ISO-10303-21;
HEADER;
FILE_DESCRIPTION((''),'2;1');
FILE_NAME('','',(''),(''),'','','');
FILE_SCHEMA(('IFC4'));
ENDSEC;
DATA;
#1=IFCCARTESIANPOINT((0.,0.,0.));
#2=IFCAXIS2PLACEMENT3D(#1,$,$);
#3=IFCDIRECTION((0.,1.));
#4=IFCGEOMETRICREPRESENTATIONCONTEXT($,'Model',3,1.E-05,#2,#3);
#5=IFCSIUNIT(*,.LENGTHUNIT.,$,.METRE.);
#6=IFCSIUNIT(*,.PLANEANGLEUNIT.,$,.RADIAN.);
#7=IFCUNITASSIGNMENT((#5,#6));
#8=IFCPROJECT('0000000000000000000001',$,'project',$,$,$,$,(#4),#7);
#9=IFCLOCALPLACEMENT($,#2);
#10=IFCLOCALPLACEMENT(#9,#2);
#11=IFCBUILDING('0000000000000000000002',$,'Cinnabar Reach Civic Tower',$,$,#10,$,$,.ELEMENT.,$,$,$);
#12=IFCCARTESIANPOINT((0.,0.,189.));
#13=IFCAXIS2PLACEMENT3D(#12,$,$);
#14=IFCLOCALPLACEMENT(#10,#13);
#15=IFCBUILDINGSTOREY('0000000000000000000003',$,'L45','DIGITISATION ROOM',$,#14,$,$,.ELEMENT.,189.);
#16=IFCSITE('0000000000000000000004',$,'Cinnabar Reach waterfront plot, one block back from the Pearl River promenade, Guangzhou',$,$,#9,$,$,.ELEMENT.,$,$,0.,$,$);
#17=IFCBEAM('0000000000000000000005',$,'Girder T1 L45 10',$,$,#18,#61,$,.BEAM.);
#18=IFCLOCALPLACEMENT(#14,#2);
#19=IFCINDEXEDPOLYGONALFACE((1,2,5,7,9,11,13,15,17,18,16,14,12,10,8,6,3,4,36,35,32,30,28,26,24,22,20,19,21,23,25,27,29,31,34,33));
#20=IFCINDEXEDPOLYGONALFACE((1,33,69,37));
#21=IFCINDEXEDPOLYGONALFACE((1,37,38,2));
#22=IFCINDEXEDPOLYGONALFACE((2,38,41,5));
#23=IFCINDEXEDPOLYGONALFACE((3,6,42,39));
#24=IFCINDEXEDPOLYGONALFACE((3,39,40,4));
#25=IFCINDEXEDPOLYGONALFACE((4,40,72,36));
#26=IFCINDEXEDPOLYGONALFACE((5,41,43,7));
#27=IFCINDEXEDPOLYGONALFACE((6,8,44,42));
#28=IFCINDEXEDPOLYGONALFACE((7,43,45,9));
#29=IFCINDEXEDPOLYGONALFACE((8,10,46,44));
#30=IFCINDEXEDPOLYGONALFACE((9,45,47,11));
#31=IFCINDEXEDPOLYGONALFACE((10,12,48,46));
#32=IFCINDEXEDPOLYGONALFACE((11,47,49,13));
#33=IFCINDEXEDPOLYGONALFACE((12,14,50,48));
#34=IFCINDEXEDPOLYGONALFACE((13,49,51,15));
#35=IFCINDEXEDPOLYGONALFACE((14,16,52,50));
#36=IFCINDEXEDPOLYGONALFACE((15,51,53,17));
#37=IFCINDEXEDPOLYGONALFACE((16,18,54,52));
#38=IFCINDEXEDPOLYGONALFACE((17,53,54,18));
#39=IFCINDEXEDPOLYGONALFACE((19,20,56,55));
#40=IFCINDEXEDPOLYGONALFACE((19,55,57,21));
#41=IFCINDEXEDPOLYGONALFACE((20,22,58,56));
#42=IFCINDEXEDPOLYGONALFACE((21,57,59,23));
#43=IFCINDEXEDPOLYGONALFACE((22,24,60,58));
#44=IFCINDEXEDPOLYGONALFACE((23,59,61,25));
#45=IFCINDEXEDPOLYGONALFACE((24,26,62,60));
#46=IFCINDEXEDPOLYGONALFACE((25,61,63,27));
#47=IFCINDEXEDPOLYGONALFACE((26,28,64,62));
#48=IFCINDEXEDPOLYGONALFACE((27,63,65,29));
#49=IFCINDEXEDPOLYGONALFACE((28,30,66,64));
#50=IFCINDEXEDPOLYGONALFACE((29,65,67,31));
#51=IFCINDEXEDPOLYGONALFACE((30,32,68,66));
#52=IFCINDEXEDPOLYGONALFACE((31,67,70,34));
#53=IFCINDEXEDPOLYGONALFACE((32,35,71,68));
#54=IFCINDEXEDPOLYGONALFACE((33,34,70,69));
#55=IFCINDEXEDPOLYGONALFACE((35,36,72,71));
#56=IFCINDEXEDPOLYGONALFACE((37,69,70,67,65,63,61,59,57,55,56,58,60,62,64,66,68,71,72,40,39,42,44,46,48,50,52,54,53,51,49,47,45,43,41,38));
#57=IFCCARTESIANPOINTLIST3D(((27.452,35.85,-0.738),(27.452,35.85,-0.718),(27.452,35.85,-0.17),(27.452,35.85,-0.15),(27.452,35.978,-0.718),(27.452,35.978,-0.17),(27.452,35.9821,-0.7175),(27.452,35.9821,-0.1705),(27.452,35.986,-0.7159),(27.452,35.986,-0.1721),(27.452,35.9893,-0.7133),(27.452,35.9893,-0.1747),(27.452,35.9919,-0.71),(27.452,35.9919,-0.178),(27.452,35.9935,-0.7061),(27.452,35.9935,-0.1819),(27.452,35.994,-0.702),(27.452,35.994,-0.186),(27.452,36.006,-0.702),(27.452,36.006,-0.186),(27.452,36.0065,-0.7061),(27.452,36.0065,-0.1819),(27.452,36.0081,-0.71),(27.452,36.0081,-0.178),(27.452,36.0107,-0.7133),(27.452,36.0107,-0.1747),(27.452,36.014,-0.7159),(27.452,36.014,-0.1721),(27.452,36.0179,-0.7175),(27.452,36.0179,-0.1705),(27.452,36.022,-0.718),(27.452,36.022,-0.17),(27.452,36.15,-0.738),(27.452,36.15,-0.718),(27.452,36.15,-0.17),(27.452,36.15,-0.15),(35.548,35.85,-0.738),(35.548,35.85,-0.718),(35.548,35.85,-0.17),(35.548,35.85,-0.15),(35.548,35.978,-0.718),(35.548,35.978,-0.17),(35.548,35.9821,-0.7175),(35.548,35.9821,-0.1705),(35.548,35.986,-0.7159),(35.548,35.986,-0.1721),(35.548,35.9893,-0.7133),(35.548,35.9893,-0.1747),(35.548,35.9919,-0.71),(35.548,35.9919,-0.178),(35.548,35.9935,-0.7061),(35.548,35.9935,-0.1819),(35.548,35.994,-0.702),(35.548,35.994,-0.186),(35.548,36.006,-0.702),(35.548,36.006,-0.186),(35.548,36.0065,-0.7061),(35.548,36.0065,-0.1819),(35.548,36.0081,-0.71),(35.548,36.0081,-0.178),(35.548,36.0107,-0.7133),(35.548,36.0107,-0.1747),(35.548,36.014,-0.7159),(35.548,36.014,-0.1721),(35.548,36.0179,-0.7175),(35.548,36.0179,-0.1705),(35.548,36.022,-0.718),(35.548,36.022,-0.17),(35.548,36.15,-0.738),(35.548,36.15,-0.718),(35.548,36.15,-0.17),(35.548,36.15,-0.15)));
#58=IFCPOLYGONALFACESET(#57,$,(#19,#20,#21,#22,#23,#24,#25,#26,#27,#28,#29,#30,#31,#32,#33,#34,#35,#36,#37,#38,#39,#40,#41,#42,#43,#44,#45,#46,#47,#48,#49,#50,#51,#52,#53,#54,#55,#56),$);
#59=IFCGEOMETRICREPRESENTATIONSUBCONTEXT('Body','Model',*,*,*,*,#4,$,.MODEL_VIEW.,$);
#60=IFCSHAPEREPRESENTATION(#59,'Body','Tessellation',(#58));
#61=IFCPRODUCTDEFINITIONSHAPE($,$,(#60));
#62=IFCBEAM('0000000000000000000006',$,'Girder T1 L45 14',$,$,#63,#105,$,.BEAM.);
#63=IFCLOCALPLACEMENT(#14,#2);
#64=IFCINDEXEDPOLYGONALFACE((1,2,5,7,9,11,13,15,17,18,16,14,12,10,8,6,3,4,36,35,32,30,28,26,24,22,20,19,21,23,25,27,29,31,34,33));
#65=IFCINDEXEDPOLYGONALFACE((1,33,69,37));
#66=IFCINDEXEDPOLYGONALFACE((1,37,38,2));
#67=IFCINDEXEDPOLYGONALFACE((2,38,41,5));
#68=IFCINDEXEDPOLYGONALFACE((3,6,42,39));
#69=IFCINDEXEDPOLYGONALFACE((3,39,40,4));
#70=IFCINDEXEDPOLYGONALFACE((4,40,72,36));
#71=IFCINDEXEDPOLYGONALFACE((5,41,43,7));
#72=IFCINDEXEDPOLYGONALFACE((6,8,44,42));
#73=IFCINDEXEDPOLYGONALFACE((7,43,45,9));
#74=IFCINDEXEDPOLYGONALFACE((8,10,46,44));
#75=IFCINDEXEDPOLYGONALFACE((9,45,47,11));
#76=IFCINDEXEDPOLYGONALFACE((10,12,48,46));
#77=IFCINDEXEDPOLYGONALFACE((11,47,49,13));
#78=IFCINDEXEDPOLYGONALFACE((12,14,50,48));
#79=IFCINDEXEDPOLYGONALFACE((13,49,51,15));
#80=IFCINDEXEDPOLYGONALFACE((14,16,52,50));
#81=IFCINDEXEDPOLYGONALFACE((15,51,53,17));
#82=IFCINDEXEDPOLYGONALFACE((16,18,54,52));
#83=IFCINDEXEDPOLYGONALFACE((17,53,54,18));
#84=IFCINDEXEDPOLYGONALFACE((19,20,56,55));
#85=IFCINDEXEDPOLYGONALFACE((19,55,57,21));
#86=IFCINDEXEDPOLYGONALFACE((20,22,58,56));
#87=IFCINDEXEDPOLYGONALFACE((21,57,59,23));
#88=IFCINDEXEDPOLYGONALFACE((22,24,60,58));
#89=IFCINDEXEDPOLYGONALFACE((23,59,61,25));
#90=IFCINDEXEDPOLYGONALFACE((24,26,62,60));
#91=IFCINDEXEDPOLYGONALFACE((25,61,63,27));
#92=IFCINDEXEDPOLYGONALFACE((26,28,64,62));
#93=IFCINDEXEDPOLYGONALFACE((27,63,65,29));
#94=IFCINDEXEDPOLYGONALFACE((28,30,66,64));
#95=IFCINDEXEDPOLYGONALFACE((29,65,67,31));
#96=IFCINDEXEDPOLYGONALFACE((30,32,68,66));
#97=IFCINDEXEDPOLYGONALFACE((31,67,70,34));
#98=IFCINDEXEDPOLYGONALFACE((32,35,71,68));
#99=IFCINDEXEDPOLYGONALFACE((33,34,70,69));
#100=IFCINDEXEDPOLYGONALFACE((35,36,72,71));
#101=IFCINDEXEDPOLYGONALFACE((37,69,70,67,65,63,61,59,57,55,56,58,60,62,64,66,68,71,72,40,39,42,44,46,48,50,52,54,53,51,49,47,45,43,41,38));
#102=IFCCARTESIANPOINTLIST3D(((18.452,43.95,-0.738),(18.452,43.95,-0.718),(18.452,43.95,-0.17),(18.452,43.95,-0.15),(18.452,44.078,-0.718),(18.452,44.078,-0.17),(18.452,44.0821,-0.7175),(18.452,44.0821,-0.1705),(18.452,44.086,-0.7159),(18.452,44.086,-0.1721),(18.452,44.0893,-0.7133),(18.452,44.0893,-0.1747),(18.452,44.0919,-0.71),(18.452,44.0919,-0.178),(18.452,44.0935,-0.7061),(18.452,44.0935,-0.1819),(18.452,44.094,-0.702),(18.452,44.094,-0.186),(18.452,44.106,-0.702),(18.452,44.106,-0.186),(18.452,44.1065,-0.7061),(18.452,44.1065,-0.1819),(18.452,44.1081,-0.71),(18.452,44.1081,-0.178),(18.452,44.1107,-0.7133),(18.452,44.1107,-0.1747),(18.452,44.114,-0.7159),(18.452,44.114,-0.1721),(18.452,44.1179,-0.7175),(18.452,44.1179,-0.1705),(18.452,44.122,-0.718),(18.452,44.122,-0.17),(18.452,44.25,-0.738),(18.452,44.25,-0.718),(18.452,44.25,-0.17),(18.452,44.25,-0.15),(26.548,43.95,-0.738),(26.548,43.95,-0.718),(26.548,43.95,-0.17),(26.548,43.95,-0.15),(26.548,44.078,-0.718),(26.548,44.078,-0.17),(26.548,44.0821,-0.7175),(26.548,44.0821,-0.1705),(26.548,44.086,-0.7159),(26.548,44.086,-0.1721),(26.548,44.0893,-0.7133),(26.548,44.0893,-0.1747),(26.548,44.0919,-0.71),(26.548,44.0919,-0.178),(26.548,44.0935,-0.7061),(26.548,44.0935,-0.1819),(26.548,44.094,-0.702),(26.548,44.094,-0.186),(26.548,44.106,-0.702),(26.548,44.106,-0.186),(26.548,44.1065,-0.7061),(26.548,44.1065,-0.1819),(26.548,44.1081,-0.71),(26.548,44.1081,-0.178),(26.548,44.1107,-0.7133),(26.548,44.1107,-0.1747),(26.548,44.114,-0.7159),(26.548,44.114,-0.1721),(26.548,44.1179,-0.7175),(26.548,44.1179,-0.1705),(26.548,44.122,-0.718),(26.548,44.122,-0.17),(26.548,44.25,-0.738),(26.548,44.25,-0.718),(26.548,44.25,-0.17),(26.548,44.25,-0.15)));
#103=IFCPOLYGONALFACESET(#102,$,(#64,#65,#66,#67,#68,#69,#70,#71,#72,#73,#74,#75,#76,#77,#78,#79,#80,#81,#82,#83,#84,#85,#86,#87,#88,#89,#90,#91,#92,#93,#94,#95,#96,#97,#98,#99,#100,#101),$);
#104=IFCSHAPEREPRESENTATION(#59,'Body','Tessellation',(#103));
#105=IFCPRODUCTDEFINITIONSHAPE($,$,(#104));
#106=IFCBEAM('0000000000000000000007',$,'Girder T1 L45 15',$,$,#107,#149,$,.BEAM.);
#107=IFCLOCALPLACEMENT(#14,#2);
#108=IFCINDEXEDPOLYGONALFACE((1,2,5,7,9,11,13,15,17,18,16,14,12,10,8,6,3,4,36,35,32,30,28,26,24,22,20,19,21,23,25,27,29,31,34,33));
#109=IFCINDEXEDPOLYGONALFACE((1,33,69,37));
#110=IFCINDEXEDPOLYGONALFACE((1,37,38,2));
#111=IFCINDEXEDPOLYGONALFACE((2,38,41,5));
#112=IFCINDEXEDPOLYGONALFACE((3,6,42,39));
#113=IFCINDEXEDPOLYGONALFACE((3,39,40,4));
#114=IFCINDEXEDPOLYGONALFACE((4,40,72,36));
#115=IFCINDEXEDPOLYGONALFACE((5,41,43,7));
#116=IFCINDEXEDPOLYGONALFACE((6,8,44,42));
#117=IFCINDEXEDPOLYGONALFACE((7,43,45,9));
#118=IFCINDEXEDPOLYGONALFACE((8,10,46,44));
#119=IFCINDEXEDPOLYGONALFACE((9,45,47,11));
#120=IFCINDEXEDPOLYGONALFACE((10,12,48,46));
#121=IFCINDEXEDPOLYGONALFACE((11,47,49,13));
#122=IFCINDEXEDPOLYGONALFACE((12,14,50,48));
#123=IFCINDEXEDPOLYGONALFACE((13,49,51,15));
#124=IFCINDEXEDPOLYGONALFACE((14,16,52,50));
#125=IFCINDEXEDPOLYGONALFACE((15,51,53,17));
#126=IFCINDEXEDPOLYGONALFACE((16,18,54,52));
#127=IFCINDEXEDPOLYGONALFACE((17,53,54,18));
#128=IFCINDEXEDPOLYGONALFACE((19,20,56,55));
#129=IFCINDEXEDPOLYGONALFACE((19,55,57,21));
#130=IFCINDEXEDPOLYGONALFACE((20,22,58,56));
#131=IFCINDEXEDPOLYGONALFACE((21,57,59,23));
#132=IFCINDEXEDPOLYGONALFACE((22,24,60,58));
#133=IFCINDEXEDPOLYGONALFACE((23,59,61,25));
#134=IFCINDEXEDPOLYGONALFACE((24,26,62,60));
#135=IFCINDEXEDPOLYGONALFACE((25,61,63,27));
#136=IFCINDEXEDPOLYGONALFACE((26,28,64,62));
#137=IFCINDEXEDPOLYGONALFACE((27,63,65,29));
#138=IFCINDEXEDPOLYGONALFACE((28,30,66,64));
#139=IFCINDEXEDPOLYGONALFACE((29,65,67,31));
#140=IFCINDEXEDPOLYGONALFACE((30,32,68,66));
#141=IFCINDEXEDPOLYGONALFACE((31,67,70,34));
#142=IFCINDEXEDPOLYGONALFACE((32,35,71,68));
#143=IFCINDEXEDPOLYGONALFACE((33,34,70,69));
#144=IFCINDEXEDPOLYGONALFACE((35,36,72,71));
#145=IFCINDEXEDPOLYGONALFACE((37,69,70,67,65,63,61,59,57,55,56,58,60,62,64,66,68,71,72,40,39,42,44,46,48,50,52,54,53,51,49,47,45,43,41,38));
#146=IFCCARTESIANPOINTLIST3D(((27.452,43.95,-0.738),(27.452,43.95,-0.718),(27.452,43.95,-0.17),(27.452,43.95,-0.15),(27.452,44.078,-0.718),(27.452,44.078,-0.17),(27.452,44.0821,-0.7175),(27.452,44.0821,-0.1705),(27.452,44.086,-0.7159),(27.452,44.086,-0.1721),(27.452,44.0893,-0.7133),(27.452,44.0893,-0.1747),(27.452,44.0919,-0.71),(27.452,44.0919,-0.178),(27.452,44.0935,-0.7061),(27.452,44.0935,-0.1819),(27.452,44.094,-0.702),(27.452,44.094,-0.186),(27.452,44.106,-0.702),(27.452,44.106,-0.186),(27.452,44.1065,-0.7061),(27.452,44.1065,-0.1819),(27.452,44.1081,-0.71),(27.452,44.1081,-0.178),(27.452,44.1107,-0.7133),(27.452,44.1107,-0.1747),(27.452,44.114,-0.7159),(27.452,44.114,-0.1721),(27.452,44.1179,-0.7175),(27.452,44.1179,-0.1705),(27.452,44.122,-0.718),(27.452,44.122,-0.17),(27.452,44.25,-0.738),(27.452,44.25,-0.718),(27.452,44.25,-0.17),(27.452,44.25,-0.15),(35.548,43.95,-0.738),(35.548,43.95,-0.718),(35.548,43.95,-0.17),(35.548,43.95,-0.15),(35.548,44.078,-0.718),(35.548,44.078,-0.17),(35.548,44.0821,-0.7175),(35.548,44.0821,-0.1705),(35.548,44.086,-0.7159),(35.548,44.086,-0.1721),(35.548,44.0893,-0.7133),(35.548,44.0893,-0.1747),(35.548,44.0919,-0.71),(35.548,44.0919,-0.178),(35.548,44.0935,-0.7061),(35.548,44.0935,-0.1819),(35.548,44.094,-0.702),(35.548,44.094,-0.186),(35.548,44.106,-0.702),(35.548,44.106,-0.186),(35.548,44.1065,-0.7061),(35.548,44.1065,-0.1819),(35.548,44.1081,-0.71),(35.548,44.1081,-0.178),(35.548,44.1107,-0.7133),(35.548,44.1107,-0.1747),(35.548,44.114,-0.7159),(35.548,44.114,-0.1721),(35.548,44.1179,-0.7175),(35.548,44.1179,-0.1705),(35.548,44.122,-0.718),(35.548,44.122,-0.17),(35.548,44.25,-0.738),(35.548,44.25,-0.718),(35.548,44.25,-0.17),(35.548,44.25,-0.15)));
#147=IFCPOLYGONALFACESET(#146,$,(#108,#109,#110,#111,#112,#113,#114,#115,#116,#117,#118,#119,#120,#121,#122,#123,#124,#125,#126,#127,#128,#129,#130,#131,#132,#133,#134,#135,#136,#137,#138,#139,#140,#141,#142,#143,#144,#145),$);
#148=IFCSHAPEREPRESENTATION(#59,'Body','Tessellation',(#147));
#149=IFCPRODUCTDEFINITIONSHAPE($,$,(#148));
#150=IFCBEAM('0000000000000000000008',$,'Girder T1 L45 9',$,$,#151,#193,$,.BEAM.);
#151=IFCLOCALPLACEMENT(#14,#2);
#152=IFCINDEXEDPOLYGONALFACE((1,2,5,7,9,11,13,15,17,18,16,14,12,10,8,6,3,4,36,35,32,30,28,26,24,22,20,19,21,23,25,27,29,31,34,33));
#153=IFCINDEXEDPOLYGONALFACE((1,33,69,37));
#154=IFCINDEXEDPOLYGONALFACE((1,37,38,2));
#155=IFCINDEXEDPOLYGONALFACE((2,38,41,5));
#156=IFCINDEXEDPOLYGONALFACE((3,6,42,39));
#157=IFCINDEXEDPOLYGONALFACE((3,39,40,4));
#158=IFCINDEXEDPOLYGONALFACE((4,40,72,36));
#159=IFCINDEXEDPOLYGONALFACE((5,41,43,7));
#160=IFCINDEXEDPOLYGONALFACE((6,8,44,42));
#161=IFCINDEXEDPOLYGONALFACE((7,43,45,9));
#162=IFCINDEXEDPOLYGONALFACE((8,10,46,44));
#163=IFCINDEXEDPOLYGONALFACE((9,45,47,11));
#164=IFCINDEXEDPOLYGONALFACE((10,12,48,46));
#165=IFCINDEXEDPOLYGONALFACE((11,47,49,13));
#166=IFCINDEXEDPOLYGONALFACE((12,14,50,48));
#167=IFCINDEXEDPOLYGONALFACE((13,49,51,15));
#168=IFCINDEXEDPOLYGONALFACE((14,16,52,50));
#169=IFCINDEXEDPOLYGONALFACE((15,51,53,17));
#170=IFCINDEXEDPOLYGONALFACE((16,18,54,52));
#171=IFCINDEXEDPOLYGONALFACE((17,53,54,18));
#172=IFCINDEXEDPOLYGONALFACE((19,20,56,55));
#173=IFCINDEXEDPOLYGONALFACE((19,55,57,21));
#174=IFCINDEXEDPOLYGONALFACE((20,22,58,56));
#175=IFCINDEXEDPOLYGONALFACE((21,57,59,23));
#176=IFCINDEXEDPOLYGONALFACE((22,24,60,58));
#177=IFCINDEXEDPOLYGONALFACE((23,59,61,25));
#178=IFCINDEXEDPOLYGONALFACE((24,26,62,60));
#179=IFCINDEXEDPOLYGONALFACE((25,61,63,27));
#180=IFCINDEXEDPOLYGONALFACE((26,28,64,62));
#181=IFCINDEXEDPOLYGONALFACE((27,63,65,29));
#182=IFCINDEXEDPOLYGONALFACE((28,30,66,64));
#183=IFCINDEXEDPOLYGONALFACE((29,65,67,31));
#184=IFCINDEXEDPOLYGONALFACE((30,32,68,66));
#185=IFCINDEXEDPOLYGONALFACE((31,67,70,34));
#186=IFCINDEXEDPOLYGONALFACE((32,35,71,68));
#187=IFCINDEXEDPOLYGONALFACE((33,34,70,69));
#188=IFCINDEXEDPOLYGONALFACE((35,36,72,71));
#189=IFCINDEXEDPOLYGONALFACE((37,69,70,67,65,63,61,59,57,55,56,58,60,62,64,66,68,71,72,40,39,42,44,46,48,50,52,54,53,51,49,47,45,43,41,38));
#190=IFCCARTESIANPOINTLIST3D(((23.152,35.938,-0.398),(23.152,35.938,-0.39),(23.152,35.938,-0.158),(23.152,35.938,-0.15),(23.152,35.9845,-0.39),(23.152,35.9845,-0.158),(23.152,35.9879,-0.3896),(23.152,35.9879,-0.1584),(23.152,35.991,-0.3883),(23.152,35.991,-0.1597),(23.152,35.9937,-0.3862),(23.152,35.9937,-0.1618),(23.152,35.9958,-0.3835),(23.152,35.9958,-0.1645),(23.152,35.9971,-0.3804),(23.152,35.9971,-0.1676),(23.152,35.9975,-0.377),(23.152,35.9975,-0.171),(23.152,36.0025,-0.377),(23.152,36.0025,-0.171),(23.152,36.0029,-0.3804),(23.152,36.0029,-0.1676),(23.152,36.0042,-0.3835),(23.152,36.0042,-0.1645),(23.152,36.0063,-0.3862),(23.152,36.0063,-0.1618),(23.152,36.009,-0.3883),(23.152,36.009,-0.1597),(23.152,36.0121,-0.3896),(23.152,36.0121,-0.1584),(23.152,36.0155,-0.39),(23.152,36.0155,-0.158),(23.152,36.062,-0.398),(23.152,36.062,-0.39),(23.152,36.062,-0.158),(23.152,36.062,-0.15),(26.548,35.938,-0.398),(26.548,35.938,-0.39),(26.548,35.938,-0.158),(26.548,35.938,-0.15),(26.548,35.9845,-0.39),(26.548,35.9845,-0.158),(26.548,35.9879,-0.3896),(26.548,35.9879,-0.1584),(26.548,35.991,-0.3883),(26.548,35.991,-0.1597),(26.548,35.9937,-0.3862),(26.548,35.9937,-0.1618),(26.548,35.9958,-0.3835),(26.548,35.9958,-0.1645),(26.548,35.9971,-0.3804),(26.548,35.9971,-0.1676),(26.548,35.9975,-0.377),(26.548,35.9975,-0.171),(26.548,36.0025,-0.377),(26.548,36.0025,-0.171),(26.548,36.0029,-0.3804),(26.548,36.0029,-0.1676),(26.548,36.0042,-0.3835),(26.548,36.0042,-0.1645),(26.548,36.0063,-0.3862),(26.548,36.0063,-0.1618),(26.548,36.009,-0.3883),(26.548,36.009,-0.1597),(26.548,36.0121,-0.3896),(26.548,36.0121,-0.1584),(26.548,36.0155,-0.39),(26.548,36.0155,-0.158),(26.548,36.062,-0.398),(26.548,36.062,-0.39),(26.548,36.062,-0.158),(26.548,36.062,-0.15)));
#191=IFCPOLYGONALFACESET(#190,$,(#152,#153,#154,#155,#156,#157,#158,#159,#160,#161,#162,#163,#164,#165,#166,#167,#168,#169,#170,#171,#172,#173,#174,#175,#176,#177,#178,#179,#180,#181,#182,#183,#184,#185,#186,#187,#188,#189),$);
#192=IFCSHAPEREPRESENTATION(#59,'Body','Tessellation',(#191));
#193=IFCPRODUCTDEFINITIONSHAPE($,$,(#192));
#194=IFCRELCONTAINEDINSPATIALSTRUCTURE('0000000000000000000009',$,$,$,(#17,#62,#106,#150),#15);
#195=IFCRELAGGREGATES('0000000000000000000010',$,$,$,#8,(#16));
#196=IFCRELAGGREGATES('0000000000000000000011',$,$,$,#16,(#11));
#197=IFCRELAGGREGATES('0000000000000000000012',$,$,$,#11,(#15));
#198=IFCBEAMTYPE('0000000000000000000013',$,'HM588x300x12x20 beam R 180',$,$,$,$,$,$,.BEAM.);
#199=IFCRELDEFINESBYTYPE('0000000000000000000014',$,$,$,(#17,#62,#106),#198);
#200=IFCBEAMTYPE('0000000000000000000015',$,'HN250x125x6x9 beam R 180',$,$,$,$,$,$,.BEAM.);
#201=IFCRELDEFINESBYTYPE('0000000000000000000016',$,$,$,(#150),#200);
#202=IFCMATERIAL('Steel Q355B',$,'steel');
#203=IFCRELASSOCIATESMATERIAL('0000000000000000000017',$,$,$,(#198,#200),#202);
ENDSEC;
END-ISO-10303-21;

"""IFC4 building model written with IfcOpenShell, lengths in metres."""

from ifc_helpers import new_model, si_unit, direction, frame, origin, origin_2d, place, context, subcontext, project, spatial, i_section, extrude, material, material_profile, profile_set, type_object, element, save


model = new_model("IFC4")

# Units and contexts
model_context = context("Model", 3, precision=1e-05, world=origin(), true_north=direction((0.0, 1.0)))
body_context = subcontext(model_context, "Body", "Model", "MODEL_VIEW")
ifc_project = project(units=[si_unit("LENGTHUNIT", "METRE"), si_unit("PLANEANGLEUNIT", "RADIAN")], contexts=[model_context])

# Site, building, storey
site_placement = place(None, origin())
site = spatial("IfcSite", under=ifc_project, at=site_placement, Name="Cinnabar Reach waterfront plot, one block back from the Pearl River promenade, Guangzhou", CompositionType="ELEMENT", RefElevation=0.0)
building_placement = place(site_placement, origin())
building = spatial("IfcBuilding", under=site, at=building_placement, Name="Cinnabar Reach Civic Tower", CompositionType="ELEMENT")
storey_placement = place(building_placement, frame((0.0, 0.0, 189.0)))
storey = spatial("IfcBuildingStorey", under=building, at=storey_placement, Name="L45", Description="DIGITISATION ROOM", CompositionType="ELEMENT", Elevation=189.0)

# Beams
ifc_material_1 = material(Name="Steel Q355B", Category="steel")
ifc_material_profile_1 = material_profile(ifc_material_1, i_section(OverallWidth=0.3, OverallDepth=0.588, WebThickness=0.012, FlangeThickness=0.02, FilletRadius=0.016, at=origin_2d()), Name="HM588x300x12x20")
ifc_profile_set_1 = profile_set([ifc_material_profile_1], Name="Steel Q355B")
beam_type_1 = type_object("IfcBeamType", Name="HM588x300x12x20 beam R 180", PredefinedType="BEAM", material=ifc_profile_set_1)
for number, where, z_axis, x_axis, name in (
    (1, (27.452, 36.0, -0.444), (1.0, 0.0, 0.0), (0.0, 1.0, 0.0), "Girder T1 L45 10"),
    (2, (18.452, 44.1, -0.444), (1.0, 0.0, 0.0), (0.0, 1.0, 0.0), "Girder T1 L45 14"),
    (3, (27.452, 44.1, -0.444), (1.0, 0.0, 0.0), (0.0, 1.0, 0.0), "Girder T1 L45 15"),
):
    element("IfcBeam", number, at=place(storey_placement, frame(where, z_axis=z_axis, x_axis=x_axis)), inside=storey, type_object=beam_type_1, Name=name, PredefinedType="BEAM", context=body_context, shape_type="SweptSolid", body=[
        extrude(i_section(OverallWidth=0.3, OverallDepth=0.588, WebThickness=0.012, FlangeThickness=0.02, FilletRadius=0.016, at=origin_2d()), origin(), (0.0, 0.0, 1.0), 8.096),
    ])
ifc_material_profile_2 = material_profile(ifc_material_1, i_section(OverallWidth=0.124, OverallDepth=0.248, WebThickness=0.005, FlangeThickness=0.008, FilletRadius=0.013, at=origin_2d()), Name="HN250x125x6x9")
ifc_profile_set_2 = profile_set([ifc_material_profile_2], Name="Steel Q355B")
beam_type_2 = type_object("IfcBeamType", Name="HN250x125x6x9 beam R 180", PredefinedType="BEAM", material=ifc_profile_set_2)
beam_1_placement = place(storey_placement, frame((23.152, 36.0, -0.274), z_axis=(1.0, 0.0, 0.0), x_axis=(0.0, 1.0, 0.0)))
element("IfcBeam", 4, at=beam_1_placement, inside=storey, type_object=beam_type_2, Name="Girder T1 L45 9", PredefinedType="BEAM", context=body_context, shape_type="SweptSolid", body=[
    extrude(i_section(OverallWidth=0.124, OverallDepth=0.248, WebThickness=0.005, FlangeThickness=0.008, FilletRadius=0.013, at=origin_2d()), origin(), (0.0, 0.0, 1.0), 3.396),
])

save(model, "model.ifc")
